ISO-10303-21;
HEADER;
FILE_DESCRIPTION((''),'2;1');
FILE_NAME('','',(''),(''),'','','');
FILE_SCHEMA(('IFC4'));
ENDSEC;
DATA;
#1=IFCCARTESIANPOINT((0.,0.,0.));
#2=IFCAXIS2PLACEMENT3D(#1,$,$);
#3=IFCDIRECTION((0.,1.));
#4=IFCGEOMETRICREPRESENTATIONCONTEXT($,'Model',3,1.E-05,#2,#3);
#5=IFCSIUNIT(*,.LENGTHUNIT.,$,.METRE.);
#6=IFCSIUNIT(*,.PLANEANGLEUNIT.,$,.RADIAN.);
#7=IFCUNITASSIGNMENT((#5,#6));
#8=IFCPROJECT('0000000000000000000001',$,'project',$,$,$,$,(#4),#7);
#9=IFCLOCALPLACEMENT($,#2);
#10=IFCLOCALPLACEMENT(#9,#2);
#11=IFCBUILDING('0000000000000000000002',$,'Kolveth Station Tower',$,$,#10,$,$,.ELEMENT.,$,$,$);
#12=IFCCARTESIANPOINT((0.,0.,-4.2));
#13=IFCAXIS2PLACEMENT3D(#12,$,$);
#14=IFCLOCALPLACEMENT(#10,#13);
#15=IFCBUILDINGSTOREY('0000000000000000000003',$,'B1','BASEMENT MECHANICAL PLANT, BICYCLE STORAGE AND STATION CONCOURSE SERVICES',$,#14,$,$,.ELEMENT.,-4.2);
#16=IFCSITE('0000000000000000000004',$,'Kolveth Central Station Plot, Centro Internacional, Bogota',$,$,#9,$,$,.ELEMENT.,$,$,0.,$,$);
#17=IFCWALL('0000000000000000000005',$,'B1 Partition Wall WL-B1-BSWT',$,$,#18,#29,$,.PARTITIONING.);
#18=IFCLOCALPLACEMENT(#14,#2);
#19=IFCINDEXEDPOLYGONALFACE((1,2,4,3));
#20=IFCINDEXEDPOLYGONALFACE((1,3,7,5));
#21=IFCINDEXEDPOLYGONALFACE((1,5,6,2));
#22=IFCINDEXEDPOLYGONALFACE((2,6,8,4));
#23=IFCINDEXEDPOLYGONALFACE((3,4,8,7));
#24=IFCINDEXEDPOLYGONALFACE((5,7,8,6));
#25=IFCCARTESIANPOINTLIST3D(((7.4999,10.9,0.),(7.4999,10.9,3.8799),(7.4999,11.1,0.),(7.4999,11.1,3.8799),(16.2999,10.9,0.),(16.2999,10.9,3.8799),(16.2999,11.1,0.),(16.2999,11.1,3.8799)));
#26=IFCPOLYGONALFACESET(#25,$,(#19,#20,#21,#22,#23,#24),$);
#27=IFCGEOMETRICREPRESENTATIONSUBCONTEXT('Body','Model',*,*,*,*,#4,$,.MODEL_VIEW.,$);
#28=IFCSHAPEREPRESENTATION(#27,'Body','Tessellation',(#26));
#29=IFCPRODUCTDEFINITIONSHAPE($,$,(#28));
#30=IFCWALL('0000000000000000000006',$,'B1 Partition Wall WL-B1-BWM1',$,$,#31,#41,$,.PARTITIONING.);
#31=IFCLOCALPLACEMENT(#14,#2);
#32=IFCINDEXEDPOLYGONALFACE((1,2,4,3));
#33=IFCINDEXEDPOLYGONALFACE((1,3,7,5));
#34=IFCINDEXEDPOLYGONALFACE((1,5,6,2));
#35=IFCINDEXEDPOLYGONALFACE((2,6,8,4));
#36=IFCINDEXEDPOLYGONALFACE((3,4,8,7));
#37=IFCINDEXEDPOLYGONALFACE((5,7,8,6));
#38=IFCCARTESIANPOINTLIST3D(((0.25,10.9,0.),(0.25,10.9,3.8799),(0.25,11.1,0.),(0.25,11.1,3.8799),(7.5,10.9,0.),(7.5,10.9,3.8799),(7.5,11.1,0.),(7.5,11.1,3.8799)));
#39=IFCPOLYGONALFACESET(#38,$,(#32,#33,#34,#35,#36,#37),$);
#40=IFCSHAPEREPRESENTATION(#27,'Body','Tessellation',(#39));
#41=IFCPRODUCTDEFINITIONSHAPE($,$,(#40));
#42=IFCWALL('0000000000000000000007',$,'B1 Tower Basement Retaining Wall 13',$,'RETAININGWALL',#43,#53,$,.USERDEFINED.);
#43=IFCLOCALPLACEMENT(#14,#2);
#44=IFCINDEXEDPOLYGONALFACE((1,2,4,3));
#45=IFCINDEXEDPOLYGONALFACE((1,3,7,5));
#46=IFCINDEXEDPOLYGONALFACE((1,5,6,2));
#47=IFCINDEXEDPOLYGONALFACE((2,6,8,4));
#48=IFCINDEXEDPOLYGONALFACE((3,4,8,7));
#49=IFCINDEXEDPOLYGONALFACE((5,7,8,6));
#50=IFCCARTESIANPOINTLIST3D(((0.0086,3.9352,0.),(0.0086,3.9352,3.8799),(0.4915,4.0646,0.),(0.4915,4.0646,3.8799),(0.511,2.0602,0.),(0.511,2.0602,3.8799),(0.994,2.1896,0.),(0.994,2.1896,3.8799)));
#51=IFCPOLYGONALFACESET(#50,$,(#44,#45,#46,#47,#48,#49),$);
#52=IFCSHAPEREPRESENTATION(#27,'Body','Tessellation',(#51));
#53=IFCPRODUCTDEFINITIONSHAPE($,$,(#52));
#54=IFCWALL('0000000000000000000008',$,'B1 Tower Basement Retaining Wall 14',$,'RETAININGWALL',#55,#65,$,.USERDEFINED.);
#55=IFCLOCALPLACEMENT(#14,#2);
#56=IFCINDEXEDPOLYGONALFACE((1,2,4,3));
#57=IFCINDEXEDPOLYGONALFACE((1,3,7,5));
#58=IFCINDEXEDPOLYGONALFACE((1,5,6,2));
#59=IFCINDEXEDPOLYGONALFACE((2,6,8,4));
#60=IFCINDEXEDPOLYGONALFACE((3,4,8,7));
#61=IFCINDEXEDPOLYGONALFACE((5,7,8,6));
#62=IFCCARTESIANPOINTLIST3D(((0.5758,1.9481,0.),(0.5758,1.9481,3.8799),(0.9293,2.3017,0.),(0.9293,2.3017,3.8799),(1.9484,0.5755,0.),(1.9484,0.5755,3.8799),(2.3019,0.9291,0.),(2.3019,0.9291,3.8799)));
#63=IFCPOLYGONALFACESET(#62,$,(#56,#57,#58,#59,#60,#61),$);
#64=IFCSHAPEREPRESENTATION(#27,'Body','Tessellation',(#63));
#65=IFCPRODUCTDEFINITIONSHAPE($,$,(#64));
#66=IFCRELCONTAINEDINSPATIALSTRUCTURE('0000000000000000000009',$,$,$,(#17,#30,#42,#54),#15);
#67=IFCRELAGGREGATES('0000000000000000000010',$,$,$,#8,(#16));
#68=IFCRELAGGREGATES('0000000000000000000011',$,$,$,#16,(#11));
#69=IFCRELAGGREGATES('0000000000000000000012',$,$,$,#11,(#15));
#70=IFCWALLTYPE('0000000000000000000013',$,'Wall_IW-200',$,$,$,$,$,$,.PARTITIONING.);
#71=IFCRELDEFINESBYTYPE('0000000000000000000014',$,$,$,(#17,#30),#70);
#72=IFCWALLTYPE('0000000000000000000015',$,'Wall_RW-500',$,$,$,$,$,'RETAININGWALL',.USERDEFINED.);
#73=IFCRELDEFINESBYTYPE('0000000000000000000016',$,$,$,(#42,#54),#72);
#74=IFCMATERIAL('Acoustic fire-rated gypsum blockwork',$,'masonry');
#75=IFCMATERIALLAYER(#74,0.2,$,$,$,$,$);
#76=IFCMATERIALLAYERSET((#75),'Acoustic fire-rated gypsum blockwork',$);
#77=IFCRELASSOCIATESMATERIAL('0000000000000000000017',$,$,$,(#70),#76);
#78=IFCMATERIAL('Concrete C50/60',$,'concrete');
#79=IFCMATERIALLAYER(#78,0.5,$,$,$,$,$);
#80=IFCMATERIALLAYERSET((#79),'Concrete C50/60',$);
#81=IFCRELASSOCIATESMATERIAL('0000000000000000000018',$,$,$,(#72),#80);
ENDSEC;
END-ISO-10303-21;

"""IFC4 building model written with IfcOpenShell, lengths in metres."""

from ifc_helpers import new_model, si_unit, direction, frame, frame_2d, origin, place, context, subcontext, project, spatial, rectangle, extrude, material, layer, layer_set, type_object, element, save


model = new_model("IFC4")

# Units and contexts
model_context = context("Model", 3, precision=1e-05, world=origin(), true_north=direction((0.0, 1.0)))
body_context = subcontext(model_context, "Body", "Model", "MODEL_VIEW")
ifc_project = project(units=[si_unit("LENGTHUNIT", "METRE"), si_unit("PLANEANGLEUNIT", "RADIAN")], contexts=[model_context])

# Site, building, storey
site_placement = place(None, origin())
site = spatial("IfcSite", under=ifc_project, at=site_placement, Name="Kolveth Central Station Plot, Centro Internacional, Bogota", CompositionType="ELEMENT", RefElevation=0.0)
building_placement = place(site_placement, origin())
building = spatial("IfcBuilding", under=site, at=building_placement, Name="Kolveth Station Tower", CompositionType="ELEMENT")
storey_placement = place(building_placement, frame((0.0, 0.0, -4.2)))
storey = spatial("IfcBuildingStorey", under=building, at=storey_placement, Name="B1", Description="BASEMENT MECHANICAL PLANT, BICYCLE STORAGE AND STATION CONCOURSE SERVICES", CompositionType="ELEMENT", Elevation=-4.2)

# Shared definitions
ifc_material_1 = material(Name="Acoustic fire-rated gypsum blockwork", Category="masonry")
ifc_layer_1 = layer(ifc_material_1, 0.2)
ifc_layer_set_1 = layer_set([ifc_layer_1], Name="Acoustic fire-rated gypsum blockwork")
wall_type_1 = type_object("IfcWallType", Name="Wall_IW-200", PredefinedType="PARTITIONING", material=ifc_layer_set_1)

# Walls
wall_1_placement = place(storey_placement, frame((7.5, 11.0, 0.0), z_axis=(0.0, 0.0, 1.0), x_axis=(1.0, 0.0, 0.0)))
element("IfcWall", 1, at=wall_1_placement, inside=storey, type_object=wall_type_1, Name="B1 Partition Wall WL-B1-BSWT", PredefinedType="PARTITIONING", context=body_context, shape_type="SweptSolid", body=[
    extrude(rectangle(XDim=8.8, YDim=0.2, at=frame_2d((4.3999, 0.0))), origin(), (0.0, 0.0, 1.0), 3.8799),
])
wall_2_placement = place(storey_placement, frame((0.25, 11.0, 0.0), z_axis=(0.0, 0.0, 1.0), x_axis=(1.0, 0.0, 0.0)))
element("IfcWall", 2, at=wall_2_placement, inside=storey, type_object=wall_type_1, Name="B1 Partition Wall WL-B1-BWM1", PredefinedType="PARTITIONING", context=body_context, shape_type="SweptSolid", body=[
    extrude(rectangle(XDim=7.25, YDim=0.2, at=frame_2d((3.625, 0.0))), origin(), (0.0, 0.0, 1.0), 3.8799),
])
ifc_material_2 = material(Name="Concrete C50/60", Category="concrete")
ifc_layer_2 = layer(ifc_material_2, 0.5)
ifc_layer_set_2 = layer_set([ifc_layer_2], Name="Concrete C50/60")
wall_type_2 = type_object("IfcWallType", Name="Wall_RW-500", ElementType="RETAININGWALL", PredefinedType="USERDEFINED", material=ifc_layer_set_2)
for number, where, z_axis, x_axis, name in (
    (3, (0.25, 4.0, 0.0), (0.0, 0.0, 1.0), (0.258837, -0.965921, 0.0), "B1 Tower Basement Retaining Wall 13"),
    (4, (0.7524, 2.125, 0.0), (0.0, 0.0, 1.0), (0.707107, -0.707107, 0.0), "B1 Tower Basement Retaining Wall 14"),
):
    element("IfcWall", number, at=place(storey_placement, frame(where, z_axis=z_axis, x_axis=x_axis)), inside=storey, type_object=wall_type_2, Name=name, ObjectType="RETAININGWALL", PredefinedType="USERDEFINED", context=body_context, shape_type="SweptSolid", body=[
        extrude(rectangle(XDim=1.9412, YDim=0.5, at=frame_2d((0.9707, 0.0))), origin(), (0.0, 0.0, 1.0), 3.8799),
    ])

save(model, "model.ifc")
